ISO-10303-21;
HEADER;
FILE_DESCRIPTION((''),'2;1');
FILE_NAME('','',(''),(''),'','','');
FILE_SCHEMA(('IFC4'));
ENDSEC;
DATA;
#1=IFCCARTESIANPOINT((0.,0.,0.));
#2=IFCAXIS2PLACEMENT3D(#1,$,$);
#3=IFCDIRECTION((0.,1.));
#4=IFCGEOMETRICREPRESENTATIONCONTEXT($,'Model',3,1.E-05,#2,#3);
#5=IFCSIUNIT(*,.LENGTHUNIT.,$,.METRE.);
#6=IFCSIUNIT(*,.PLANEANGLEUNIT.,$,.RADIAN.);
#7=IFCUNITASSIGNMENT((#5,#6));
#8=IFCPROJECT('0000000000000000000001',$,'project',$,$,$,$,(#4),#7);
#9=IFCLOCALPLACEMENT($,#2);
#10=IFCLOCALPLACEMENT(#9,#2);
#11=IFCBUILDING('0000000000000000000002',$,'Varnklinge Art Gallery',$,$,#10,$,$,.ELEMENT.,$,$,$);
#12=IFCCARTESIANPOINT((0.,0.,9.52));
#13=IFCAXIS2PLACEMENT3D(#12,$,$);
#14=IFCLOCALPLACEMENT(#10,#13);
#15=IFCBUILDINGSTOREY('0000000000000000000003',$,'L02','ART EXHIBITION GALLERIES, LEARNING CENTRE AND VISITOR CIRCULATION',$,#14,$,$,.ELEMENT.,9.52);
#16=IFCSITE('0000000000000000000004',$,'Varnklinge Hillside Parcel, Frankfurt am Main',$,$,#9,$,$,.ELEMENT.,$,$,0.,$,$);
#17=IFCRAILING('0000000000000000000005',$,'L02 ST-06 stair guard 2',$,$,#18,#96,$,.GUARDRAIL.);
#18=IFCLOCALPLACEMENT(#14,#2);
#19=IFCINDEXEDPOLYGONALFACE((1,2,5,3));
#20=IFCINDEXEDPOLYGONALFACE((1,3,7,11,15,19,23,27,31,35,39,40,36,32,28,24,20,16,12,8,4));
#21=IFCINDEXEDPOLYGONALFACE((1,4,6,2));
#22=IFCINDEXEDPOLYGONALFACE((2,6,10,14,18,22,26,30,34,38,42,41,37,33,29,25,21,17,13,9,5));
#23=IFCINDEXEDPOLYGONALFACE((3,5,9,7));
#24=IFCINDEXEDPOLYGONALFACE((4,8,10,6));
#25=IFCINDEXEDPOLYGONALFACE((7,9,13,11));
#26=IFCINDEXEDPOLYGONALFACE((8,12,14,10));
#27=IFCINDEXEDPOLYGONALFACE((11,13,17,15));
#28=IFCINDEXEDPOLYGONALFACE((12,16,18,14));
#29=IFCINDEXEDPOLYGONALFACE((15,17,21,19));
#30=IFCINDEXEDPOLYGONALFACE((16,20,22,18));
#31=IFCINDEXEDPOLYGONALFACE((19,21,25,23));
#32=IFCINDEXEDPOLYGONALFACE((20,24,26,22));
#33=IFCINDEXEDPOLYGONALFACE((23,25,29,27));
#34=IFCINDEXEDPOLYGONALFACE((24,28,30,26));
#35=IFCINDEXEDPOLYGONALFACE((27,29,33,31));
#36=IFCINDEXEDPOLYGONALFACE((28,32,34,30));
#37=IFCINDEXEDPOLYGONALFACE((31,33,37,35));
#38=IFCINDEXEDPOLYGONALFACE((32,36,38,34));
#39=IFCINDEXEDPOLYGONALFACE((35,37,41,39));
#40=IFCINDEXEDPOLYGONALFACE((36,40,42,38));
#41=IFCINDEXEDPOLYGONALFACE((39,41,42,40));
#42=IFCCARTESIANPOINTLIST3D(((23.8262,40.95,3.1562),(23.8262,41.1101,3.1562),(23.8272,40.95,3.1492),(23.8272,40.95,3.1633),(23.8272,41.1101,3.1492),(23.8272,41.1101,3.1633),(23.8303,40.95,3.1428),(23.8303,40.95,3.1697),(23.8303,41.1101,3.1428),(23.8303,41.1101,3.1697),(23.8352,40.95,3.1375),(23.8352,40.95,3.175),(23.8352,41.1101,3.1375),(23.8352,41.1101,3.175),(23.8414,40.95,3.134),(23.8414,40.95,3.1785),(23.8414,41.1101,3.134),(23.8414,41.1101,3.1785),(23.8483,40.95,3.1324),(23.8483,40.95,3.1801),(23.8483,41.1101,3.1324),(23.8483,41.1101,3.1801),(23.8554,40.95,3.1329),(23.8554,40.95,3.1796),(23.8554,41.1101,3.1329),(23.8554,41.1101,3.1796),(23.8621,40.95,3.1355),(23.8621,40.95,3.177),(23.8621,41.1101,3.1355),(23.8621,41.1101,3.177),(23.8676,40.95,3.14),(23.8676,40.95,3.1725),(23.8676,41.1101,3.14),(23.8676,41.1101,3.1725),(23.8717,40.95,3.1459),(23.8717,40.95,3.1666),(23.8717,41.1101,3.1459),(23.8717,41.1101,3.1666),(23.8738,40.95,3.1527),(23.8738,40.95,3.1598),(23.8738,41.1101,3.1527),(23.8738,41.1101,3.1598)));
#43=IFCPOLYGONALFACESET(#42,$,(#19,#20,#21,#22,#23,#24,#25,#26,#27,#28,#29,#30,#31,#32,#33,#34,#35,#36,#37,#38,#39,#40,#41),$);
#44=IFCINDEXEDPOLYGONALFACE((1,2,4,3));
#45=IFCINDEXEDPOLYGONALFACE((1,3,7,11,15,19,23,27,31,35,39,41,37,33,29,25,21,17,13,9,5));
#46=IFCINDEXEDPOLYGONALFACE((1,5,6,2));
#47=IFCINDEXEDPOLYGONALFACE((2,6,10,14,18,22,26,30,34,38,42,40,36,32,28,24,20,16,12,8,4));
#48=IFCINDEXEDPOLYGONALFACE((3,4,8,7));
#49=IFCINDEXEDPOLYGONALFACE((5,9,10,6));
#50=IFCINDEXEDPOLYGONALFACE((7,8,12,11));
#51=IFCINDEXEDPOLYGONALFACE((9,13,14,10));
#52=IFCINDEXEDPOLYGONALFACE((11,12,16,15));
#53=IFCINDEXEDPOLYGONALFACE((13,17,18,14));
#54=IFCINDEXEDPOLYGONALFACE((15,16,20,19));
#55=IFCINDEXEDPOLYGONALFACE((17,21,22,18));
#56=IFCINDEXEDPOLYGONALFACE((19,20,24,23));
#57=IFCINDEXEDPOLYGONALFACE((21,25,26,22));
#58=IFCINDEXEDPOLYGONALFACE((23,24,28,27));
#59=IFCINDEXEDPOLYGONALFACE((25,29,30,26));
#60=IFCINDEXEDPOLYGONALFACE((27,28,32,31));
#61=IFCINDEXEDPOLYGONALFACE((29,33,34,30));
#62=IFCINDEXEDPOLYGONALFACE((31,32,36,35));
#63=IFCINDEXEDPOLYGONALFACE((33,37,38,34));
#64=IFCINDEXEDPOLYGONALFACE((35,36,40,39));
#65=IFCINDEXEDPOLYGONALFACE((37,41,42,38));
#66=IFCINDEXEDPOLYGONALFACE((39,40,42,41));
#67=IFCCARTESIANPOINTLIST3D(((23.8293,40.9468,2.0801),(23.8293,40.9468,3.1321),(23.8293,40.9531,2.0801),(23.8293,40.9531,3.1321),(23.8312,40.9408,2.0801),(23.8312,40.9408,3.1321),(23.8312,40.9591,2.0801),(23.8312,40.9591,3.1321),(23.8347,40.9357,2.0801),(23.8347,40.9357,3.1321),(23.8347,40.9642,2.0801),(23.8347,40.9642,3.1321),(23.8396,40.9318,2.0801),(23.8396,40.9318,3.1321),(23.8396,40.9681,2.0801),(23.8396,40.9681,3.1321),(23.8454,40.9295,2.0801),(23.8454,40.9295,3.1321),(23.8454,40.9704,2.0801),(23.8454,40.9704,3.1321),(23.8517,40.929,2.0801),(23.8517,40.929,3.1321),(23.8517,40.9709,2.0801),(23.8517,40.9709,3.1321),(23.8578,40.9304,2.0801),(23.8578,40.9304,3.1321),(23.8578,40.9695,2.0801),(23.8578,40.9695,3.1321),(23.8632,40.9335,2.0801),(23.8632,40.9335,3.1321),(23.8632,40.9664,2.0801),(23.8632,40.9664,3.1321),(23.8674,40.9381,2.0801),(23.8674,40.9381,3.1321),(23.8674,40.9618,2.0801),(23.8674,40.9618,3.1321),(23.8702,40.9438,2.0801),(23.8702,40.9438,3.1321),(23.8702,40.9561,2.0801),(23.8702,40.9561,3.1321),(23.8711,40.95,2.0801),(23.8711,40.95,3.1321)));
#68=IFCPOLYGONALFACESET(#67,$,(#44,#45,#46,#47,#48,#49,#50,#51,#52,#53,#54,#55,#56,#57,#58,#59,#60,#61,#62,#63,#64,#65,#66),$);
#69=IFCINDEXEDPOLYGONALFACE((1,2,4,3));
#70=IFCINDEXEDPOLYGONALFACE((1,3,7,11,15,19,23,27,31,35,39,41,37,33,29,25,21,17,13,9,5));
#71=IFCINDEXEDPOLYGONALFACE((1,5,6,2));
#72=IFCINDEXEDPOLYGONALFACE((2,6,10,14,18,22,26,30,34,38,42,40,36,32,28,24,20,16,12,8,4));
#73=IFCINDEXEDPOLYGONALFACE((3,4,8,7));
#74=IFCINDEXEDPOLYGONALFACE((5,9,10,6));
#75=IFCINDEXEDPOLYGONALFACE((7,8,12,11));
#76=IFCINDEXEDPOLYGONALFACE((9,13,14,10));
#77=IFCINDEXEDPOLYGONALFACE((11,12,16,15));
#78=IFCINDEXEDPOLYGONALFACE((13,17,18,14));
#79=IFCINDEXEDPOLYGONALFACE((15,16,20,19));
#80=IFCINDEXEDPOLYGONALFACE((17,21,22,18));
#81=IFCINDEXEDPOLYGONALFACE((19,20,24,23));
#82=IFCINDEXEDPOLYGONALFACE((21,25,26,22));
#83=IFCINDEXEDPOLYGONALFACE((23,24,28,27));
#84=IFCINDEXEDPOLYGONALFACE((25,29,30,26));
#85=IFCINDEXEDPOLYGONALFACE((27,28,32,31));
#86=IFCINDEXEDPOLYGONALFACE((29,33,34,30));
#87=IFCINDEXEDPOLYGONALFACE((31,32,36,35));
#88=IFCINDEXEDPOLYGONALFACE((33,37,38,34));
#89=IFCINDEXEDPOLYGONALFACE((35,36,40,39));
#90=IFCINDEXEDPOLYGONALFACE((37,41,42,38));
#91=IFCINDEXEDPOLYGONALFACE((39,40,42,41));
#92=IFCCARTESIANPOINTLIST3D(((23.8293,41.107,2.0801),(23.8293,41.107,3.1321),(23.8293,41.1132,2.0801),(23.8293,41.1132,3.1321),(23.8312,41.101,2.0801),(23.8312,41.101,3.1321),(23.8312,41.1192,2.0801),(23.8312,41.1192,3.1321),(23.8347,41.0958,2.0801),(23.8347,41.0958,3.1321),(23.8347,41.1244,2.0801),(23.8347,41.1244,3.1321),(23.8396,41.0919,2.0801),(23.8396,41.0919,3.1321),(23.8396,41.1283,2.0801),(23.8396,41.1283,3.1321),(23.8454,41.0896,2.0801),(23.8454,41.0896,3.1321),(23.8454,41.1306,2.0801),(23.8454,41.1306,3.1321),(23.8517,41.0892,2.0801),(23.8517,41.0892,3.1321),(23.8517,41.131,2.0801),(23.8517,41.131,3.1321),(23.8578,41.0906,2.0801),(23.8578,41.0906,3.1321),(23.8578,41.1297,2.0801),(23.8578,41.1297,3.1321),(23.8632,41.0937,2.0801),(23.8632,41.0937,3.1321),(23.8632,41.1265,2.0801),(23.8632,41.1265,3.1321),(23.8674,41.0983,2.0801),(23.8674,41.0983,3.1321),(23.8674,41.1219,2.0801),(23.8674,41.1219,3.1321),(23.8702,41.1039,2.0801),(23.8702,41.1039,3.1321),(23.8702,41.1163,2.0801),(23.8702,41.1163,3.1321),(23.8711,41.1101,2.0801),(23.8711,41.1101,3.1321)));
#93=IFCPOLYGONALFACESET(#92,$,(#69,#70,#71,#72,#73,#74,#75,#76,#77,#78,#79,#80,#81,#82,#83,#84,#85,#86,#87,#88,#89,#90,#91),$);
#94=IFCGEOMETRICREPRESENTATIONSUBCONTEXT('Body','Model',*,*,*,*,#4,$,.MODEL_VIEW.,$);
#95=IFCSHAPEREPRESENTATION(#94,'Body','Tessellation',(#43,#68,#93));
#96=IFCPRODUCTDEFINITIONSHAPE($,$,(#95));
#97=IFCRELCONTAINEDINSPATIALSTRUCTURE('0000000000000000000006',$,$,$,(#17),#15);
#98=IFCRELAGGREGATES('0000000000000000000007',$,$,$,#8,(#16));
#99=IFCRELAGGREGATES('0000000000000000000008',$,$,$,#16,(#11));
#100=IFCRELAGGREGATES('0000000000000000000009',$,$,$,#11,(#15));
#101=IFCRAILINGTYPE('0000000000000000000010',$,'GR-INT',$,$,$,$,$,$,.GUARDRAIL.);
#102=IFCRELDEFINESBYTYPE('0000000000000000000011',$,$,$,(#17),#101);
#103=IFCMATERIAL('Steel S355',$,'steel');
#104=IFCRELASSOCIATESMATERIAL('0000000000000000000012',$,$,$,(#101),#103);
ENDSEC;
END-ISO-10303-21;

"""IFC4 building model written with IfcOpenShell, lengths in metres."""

from ifc_helpers import new_model, si_unit, direction, frame, origin, origin_2d, place, context, subcontext, project, spatial, circle, extrude, material, type_object, element, save


model = new_model("IFC4")

# Units and contexts
model_context = context("Model", 3, precision=1e-05, world=origin(), true_north=direction((0.0, 1.0)))
body_context = subcontext(model_context, "Body", "Model", "MODEL_VIEW")
ifc_project = project(units=[si_unit("LENGTHUNIT", "METRE"), si_unit("PLANEANGLEUNIT", "RADIAN")], contexts=[model_context])

# Site, building, storey
site_placement = place(None, origin())
site = spatial("IfcSite", under=ifc_project, at=site_placement, Name="Varnklinge Hillside Parcel, Frankfurt am Main", CompositionType="ELEMENT", RefElevation=0.0)
building_placement = place(site_placement, origin())
building = spatial("IfcBuilding", under=site, at=building_placement, Name="Varnklinge Art Gallery", CompositionType="ELEMENT")
storey_placement = place(building_placement, frame((0.0, 0.0, 9.52)))
storey = spatial("IfcBuildingStorey", under=building, at=storey_placement, Name="L02", Description="ART EXHIBITION GALLERIES, LEARNING CENTRE AND VISITOR CIRCULATION", CompositionType="ELEMENT", Elevation=9.52)

# Railing
ifc_material_1 = material(Name="Steel S355", Category="steel")
railing_type_1 = type_object("IfcRailingType", Name="GR-INT", PredefinedType="GUARDRAIL", material=ifc_material_1)
railing_1_placement = place(storey_placement, frame((23.8501, 40.95, 2.0801)))
element("IfcRailing", 1, at=railing_1_placement, inside=storey, type_object=railing_type_1, Name="L02 ST-06 stair guard 2", PredefinedType="GUARDRAIL", context=body_context, shape_type="SweptSolid", body=[
    extrude(circle(Radius=0.0239, at=origin_2d()), frame((0.0, 0.0, 1.0762), z_axis=(0.0, 1.0, 0.0), x_axis=(-1.0, 0.0, 0.0)), (0.0, 0.0, 1.0), 0.1602),
    extrude(circle(Radius=0.021, at=origin_2d()), origin(), (0.0, 0.0, 1.0), 1.052),
    extrude(circle(Radius=0.021, at=origin_2d()), frame((0.0, 0.1602, 0.0)), (0.0, 0.0, 1.0), 1.052),
])

save(model, "model.ifc")
